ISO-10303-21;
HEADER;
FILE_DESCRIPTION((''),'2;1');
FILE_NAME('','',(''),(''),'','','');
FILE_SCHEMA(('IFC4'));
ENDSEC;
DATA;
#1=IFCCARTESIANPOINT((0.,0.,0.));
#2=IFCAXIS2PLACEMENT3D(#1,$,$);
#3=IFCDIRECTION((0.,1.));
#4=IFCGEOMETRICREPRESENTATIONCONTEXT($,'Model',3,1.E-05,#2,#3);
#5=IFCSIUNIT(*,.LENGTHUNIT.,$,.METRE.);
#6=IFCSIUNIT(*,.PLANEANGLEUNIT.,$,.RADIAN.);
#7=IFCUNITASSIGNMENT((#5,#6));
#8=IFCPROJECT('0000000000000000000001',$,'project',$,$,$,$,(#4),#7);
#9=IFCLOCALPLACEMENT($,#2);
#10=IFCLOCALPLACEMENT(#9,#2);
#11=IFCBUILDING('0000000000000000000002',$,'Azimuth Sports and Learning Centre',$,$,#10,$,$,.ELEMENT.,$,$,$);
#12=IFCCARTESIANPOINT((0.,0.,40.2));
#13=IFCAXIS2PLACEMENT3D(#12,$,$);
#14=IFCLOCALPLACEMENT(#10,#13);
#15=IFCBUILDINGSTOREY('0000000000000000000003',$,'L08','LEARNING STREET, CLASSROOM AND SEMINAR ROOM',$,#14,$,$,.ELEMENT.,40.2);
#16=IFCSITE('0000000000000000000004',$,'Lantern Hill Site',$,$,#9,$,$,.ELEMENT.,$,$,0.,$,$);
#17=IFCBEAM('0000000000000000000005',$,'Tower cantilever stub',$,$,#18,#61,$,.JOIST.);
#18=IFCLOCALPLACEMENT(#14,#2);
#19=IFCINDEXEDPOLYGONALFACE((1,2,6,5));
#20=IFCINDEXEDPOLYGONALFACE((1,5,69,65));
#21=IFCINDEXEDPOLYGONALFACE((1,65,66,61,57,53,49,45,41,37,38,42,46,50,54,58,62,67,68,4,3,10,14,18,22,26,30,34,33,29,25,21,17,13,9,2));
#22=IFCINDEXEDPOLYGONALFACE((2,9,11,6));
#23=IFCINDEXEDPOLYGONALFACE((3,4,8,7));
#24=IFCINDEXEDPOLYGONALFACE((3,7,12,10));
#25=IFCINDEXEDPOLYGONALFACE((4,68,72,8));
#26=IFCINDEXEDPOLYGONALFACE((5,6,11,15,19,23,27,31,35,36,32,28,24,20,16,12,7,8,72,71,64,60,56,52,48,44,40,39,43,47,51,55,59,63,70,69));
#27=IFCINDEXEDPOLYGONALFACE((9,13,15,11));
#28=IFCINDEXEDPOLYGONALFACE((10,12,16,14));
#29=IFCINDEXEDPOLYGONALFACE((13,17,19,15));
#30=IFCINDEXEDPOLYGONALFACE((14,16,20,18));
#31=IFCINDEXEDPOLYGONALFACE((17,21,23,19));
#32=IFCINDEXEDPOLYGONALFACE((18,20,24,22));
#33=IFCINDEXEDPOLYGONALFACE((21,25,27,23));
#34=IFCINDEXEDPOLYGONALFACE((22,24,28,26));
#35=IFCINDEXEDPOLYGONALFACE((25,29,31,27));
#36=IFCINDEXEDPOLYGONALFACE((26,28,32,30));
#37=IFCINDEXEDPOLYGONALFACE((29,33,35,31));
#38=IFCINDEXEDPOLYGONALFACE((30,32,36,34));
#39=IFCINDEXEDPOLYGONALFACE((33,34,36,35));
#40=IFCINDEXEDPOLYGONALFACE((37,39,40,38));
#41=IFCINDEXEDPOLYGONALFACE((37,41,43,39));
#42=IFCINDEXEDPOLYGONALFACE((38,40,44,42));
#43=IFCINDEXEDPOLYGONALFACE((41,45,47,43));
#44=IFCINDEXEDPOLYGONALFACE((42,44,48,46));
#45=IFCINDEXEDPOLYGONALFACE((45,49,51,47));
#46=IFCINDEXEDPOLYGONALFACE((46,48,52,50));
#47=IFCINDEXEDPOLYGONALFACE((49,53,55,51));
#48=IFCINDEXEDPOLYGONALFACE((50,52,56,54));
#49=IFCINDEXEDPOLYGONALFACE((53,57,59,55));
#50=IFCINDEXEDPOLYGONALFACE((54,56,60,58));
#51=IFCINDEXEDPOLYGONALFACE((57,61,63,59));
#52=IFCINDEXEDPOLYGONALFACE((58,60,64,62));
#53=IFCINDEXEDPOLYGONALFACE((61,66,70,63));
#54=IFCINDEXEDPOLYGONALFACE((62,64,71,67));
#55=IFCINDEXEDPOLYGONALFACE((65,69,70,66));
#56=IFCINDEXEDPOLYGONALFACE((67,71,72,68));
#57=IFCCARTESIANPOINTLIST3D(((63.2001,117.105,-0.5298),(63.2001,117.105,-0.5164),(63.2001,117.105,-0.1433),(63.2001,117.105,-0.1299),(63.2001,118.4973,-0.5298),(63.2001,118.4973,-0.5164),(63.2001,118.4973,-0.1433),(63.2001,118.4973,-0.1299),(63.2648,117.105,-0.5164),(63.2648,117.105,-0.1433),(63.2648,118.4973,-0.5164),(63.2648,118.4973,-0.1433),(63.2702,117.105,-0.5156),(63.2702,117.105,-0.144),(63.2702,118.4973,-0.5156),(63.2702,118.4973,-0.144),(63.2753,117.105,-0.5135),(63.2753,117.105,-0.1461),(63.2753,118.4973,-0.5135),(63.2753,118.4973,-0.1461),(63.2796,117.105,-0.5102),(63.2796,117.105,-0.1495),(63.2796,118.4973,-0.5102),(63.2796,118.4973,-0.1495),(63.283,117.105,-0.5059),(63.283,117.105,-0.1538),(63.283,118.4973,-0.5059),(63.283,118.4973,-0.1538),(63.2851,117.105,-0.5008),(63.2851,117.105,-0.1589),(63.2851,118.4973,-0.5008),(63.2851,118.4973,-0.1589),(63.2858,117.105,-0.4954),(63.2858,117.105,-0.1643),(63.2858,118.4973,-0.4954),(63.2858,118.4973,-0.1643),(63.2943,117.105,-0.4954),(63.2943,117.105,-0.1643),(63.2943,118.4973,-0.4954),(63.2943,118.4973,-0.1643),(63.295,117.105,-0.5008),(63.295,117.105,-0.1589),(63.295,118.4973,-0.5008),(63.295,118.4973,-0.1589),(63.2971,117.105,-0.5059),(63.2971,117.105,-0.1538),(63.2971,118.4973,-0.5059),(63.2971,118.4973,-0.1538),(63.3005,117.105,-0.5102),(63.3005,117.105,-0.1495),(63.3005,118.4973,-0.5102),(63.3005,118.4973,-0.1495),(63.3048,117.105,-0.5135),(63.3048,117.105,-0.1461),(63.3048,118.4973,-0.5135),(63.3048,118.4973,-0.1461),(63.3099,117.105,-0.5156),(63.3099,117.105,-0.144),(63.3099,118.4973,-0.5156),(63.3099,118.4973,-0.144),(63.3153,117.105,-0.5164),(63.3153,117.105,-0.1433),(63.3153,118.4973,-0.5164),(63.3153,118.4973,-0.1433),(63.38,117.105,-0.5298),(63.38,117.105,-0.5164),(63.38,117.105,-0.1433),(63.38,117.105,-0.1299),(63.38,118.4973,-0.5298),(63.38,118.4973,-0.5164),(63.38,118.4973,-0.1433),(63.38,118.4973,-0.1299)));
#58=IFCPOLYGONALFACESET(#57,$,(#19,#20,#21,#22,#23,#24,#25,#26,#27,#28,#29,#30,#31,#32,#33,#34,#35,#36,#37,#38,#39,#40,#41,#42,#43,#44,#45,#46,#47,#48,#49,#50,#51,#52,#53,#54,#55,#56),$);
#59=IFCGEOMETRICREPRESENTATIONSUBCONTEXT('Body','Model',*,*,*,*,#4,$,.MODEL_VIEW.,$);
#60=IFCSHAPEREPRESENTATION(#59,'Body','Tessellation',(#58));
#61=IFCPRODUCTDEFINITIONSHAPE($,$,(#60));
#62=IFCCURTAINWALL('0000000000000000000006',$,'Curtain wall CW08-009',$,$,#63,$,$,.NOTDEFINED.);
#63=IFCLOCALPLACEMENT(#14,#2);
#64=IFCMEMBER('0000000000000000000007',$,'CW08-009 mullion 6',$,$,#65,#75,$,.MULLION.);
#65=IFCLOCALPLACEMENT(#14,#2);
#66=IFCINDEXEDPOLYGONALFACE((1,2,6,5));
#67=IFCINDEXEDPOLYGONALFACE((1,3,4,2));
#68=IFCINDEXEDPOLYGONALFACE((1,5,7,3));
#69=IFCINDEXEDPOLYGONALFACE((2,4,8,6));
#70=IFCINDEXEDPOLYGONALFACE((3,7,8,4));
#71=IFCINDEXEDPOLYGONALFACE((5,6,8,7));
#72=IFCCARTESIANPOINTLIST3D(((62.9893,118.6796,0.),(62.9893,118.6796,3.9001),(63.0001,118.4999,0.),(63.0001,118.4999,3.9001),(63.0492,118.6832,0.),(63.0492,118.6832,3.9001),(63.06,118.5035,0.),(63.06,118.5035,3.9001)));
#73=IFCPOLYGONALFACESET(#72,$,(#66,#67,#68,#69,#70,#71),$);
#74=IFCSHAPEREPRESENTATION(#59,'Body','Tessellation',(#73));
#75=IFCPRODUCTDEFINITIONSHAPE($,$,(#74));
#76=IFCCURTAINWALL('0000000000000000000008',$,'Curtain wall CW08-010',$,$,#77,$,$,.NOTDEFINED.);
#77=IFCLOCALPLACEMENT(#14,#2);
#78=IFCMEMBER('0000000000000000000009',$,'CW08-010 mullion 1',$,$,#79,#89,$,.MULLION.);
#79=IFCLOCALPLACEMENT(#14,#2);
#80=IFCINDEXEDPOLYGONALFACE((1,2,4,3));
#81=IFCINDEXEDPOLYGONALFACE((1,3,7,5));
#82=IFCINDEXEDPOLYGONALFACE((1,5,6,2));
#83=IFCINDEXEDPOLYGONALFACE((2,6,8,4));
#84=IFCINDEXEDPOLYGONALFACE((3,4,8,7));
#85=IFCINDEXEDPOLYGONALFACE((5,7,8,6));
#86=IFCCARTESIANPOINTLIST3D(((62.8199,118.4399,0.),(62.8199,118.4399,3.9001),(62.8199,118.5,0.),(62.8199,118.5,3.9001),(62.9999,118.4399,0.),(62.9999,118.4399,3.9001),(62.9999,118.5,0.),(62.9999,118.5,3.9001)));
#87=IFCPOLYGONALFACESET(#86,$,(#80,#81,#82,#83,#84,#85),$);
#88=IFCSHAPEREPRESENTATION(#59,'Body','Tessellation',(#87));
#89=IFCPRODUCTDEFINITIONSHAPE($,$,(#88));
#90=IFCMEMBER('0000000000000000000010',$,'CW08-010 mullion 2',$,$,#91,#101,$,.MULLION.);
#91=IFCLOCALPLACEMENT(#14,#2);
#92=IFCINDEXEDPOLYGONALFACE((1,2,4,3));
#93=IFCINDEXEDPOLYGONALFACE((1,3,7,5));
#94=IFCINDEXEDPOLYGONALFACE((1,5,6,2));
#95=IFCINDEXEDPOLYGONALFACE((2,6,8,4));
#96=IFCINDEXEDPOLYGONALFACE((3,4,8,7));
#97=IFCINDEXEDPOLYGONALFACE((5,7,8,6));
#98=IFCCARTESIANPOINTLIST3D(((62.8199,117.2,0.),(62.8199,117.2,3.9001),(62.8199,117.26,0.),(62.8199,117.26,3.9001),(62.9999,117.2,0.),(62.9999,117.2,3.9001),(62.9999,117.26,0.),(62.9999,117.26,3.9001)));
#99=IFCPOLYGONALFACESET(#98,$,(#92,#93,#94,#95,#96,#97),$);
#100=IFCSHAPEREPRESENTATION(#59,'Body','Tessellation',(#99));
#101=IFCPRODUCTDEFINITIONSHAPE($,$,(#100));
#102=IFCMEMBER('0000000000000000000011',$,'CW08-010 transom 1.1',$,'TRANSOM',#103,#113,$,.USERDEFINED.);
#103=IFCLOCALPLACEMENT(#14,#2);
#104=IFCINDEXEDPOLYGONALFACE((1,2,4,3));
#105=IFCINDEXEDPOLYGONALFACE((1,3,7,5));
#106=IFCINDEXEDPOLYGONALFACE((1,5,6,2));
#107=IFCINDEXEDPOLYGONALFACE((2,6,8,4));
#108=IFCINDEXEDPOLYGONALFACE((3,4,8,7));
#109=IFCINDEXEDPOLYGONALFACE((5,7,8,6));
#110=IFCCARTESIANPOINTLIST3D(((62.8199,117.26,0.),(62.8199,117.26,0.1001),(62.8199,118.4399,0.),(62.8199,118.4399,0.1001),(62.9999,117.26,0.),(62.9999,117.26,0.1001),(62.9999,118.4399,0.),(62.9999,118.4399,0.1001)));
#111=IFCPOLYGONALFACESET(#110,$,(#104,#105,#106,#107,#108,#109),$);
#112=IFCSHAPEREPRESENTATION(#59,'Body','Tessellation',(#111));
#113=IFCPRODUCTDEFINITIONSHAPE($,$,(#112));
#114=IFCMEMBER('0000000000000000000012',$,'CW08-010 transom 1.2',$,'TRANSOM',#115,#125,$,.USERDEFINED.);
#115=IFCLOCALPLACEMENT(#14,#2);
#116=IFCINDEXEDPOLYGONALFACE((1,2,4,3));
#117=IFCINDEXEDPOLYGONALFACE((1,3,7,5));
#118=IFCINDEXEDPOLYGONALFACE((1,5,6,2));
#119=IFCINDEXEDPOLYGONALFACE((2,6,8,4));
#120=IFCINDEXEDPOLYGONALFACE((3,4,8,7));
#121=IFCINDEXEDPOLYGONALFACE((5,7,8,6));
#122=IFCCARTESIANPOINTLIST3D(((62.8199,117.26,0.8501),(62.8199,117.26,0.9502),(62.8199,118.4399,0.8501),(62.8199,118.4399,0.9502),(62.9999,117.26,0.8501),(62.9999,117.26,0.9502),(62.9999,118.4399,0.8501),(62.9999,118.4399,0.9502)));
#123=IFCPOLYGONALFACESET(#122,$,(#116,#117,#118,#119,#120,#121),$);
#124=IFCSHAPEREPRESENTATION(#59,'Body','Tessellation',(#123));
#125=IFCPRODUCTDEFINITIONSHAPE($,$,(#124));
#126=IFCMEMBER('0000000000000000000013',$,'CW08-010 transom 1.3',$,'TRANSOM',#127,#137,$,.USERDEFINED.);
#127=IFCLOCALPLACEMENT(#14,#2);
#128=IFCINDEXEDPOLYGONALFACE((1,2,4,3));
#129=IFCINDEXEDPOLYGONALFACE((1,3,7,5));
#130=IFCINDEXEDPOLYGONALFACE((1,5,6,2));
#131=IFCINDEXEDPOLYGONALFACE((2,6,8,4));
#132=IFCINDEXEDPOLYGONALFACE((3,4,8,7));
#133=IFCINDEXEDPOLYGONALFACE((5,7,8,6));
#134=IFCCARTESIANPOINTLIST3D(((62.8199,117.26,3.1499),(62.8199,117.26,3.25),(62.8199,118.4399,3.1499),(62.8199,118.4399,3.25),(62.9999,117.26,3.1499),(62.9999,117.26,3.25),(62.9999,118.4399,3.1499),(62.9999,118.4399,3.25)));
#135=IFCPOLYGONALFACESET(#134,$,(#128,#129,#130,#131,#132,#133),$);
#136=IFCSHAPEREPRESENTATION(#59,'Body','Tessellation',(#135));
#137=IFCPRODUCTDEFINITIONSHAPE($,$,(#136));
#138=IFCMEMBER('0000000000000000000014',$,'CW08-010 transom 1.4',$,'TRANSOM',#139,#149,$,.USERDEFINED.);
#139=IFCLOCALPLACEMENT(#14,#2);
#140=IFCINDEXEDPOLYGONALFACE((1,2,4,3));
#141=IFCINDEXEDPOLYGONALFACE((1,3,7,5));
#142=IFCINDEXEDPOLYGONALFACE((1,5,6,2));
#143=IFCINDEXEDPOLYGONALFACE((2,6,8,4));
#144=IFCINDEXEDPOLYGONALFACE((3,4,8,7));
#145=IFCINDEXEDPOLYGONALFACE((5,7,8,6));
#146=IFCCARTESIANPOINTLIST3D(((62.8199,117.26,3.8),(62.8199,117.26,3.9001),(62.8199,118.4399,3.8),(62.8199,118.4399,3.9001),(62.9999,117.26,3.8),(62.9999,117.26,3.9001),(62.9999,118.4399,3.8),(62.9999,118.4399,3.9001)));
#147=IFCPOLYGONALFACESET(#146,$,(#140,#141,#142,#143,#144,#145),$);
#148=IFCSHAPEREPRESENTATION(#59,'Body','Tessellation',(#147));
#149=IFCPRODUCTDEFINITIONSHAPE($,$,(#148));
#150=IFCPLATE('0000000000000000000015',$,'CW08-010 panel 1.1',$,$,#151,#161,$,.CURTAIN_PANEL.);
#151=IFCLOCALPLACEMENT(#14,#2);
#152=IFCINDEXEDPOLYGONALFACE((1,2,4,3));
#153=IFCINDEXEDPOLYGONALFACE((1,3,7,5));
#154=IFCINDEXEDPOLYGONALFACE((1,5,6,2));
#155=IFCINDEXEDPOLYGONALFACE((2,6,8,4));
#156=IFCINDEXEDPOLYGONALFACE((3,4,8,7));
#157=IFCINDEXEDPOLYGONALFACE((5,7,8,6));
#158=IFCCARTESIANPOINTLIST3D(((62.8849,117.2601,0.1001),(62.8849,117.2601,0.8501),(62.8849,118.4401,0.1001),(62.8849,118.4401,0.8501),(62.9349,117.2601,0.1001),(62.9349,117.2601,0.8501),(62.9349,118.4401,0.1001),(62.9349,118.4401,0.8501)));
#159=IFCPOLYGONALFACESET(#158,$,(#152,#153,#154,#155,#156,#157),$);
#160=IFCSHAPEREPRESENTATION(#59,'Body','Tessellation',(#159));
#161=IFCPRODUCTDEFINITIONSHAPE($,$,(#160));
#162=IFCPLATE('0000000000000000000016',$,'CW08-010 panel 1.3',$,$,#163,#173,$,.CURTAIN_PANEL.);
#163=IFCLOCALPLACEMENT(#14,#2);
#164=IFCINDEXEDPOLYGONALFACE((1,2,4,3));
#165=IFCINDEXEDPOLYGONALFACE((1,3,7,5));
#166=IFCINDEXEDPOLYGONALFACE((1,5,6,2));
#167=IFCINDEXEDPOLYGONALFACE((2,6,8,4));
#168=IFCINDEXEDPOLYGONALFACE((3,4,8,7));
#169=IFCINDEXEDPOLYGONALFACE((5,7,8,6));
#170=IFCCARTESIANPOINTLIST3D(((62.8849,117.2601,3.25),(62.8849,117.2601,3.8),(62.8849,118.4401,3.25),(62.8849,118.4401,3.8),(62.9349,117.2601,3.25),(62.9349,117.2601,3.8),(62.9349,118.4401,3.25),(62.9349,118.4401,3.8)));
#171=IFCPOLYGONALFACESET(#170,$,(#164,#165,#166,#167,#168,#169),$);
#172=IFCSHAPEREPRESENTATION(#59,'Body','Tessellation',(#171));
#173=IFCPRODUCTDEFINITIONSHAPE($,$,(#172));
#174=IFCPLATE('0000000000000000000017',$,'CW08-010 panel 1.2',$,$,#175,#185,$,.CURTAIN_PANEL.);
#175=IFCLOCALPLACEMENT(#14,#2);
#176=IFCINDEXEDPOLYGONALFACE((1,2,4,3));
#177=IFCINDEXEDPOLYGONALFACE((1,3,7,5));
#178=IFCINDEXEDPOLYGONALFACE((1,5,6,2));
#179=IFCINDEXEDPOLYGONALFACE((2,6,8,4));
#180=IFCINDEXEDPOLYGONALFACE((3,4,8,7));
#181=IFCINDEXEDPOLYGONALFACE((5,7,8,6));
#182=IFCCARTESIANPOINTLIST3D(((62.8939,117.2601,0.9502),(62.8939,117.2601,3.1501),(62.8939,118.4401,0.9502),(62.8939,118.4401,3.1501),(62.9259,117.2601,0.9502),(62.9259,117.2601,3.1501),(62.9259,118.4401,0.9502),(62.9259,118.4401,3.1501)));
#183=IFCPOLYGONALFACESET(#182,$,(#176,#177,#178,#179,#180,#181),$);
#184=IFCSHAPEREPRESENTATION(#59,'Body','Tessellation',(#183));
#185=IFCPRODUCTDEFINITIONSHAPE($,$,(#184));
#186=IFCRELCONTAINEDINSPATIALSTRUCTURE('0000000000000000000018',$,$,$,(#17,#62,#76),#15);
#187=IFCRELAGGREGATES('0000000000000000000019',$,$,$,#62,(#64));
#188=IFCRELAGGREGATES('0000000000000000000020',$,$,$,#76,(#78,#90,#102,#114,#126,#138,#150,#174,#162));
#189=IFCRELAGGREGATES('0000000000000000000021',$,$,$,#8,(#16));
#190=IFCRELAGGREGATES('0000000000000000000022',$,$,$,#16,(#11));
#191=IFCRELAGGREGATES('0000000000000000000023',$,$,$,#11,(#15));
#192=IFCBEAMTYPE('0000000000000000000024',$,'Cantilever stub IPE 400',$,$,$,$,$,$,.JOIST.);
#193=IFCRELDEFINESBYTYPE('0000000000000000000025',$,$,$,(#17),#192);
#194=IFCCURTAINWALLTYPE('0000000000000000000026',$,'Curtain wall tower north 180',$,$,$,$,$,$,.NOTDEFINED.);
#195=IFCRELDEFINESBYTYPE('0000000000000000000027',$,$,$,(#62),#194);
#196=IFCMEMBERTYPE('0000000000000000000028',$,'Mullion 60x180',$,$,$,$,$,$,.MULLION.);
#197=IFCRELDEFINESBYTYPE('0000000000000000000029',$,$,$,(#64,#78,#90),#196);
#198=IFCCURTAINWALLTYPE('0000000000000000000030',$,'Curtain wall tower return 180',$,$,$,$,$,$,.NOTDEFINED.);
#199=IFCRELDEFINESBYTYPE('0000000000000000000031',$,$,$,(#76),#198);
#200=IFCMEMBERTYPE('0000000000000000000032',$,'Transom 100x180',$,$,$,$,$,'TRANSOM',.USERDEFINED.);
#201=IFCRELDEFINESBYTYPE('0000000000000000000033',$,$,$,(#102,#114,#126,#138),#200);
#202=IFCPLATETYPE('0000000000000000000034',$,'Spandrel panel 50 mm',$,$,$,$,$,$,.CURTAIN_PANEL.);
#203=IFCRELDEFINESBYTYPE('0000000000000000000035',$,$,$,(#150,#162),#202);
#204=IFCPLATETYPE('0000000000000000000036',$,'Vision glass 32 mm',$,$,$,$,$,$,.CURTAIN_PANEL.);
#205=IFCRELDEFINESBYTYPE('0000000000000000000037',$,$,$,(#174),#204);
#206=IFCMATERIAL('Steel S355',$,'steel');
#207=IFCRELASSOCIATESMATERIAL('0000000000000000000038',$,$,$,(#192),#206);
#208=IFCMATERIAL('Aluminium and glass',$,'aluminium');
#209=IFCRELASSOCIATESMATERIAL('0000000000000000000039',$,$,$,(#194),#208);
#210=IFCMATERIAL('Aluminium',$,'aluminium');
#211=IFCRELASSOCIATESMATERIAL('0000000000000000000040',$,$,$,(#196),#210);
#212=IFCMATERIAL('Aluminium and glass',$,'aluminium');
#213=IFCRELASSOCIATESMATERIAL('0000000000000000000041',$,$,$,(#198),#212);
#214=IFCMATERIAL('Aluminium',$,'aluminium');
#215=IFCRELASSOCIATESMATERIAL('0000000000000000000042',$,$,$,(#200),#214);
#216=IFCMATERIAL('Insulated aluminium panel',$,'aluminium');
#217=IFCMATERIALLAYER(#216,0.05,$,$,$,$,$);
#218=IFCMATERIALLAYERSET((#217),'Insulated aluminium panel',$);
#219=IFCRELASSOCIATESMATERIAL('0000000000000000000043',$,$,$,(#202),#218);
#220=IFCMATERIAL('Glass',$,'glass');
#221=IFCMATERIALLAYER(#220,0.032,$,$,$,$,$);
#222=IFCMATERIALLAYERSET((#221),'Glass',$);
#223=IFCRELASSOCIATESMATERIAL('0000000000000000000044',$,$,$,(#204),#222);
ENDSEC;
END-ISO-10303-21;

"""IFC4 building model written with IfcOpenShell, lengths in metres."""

from ifc_helpers import new_model, si_unit, direction, frame, origin, origin_2d, place, context, subcontext, project, spatial, rectangle, i_section, extrude, material, layer, layer_set, material_profile, profile_set, type_object, element, aggregate, save


model = new_model("IFC4")

# Units and contexts
model_context = context("Model", 3, precision=1e-05, world=origin(), true_north=direction((0.0, 1.0)))
body_context = subcontext(model_context, "Body", "Model", "MODEL_VIEW")
ifc_project = project(units=[si_unit("LENGTHUNIT", "METRE"), si_unit("PLANEANGLEUNIT", "RADIAN")], contexts=[model_context])

# Site, building, storey
site_placement = place(None, origin())
site = spatial("IfcSite", under=ifc_project, at=site_placement, Name="Lantern Hill Site", CompositionType="ELEMENT", RefElevation=0.0)
building_placement = place(site_placement, origin())
building = spatial("IfcBuilding", under=site, at=building_placement, Name="Azimuth Sports and Learning Centre", CompositionType="ELEMENT")
storey_placement = place(building_placement, frame((0.0, 0.0, 40.2)))
storey = spatial("IfcBuildingStorey", under=building, at=storey_placement, Name="L08", Description="LEARNING STREET, CLASSROOM AND SEMINAR ROOM", CompositionType="ELEMENT", Elevation=40.2)

# Beam
ifc_material_1 = material(Name="Steel S355", Category="steel")
ifc_material_profile_1 = material_profile(ifc_material_1, i_section(OverallWidth=0.1799, OverallDepth=0.3999, WebThickness=0.0085, FlangeThickness=0.0134, FilletRadius=0.021, at=origin_2d()), Name="IPE 400")
ifc_profile_set_1 = profile_set([ifc_material_profile_1], Name="Steel S355")
beam_type = type_object("IfcBeamType", Name="Cantilever stub IPE 400", PredefinedType="JOIST", material=ifc_profile_set_1)
beam_placement = place(storey_placement, frame((63.29, 117.105, -0.3298), z_axis=(0.0, 1.0, 0.0), x_axis=(-1.0, 0.0, 0.0)))
element("IfcBeam", 1, at=beam_placement, inside=storey, type_object=beam_type, Name="Tower cantilever stub", PredefinedType="JOIST", context=body_context, shape_type="SweptSolid", body=[
    extrude(i_section(OverallWidth=0.1799, OverallDepth=0.3999, WebThickness=0.0085, FlangeThickness=0.0134, FilletRadius=0.021, at=origin_2d()), origin(), (0.0, 0.0, 1.0), 1.3923),
])

# Curtain wall, member
ifc_material_2 = material(Name="Aluminium and glass", Category="aluminium")
curtain_wall_type_1 = type_object("IfcCurtainWallType", Name="Curtain wall tower north 180", PredefinedType="NOTDEFINED", material=ifc_material_2)
curtain_wall_1_placement = place(storey_placement, origin())
curtain_wall_1 = element("IfcCurtainWall", 2, at=curtain_wall_1_placement, inside=storey, type_object=curtain_wall_type_1, Name="Curtain wall CW08-009", PredefinedType="NOTDEFINED")
ifc_material_3 = material(Name="Aluminium", Category="aluminium")
ifc_material_profile_2 = material_profile(ifc_material_3, rectangle(XDim=0.1799, YDim=0.0601, at=origin_2d()), Name="Mullion 60x180")
ifc_profile_set_2 = profile_set([ifc_material_profile_2], Name="Aluminium")
member_type_1 = type_object("IfcMemberType", Name="Mullion 60x180", PredefinedType="MULLION", material=ifc_profile_set_2)
member_1_placement = place(storey_placement, frame((63.0247, 118.5916, 0.0), z_axis=(0.0, 0.0, 1.0), x_axis=(0.059892, -0.998205, 0.0)))
member_1 = element("IfcMember", 3, at=member_1_placement, type_object=member_type_1, Name="CW08-009 mullion 6", PredefinedType="MULLION", context=body_context, shape_type="SweptSolid", body=[
    extrude(rectangle(XDim=0.1799, YDim=0.0601, at=origin_2d()), origin(), (0.0, 0.0, 1.0), 3.9001),
])
aggregate(curtain_wall_1, [member_1])

# Curtain wall, members, plates
ifc_material_4 = material(Name="Aluminium and glass", Category="aluminium")
curtain_wall_type_2 = type_object("IfcCurtainWallType", Name="Curtain wall tower return 180", PredefinedType="NOTDEFINED", material=ifc_material_4)
curtain_wall_2_placement = place(storey_placement, origin())
curtain_wall_2 = element("IfcCurtainWall", 4, at=curtain_wall_2_placement, inside=storey, type_object=curtain_wall_type_2, Name="Curtain wall CW08-010", PredefinedType="NOTDEFINED")
member_2_placement = place(storey_placement, frame((62.9099, 118.47, 0.0), z_axis=(0.0, 0.0, 1.0), x_axis=(1.0, 0.0, 0.0)))
member_2 = element("IfcMember", 5, at=member_2_placement, type_object=member_type_1, Name="CW08-010 mullion 1", PredefinedType="MULLION", context=body_context, shape_type="SweptSolid", body=[
    extrude(rectangle(XDim=0.1799, YDim=0.0601, at=origin_2d()), origin(), (0.0, 0.0, 1.0), 3.9001),
])
member_3_placement = place(storey_placement, frame((62.9099, 117.23, 0.0), z_axis=(0.0, 0.0, 1.0), x_axis=(1.0, 0.0, 0.0)))
member_3 = element("IfcMember", 6, at=member_3_placement, type_object=member_type_1, Name="CW08-010 mullion 2", PredefinedType="MULLION", context=body_context, shape_type="SweptSolid", body=[
    extrude(rectangle(XDim=0.1799, YDim=0.0601, at=origin_2d()), origin(), (0.0, 0.0, 1.0), 3.9001),
])
ifc_material_5 = material(Name="Aluminium", Category="aluminium")
ifc_material_profile_3 = material_profile(ifc_material_5, rectangle(XDim=0.1799, YDim=0.1001, at=origin_2d()), Name="Transom 100x180")
ifc_profile_set_3 = profile_set([ifc_material_profile_3], Name="Aluminium")
member_type_2 = type_object("IfcMemberType", Name="Transom 100x180", ElementType="TRANSOM", PredefinedType="USERDEFINED", material=ifc_profile_set_3)
member_4_placement = place(storey_placement, frame((62.9099, 118.4399, 0.05), z_axis=(0.0, -1.0, 0.0), x_axis=(1.0, 0.0, 0.0)))
member_4 = element("IfcMember", 7, at=member_4_placement, type_object=member_type_2, Name="CW08-010 transom 1.1", ObjectType="TRANSOM", PredefinedType="USERDEFINED", context=body_context, shape_type="SweptSolid", body=[
    extrude(rectangle(XDim=0.1799, YDim=0.1001, at=origin_2d()), origin(), (0.0, 0.0, 1.0), 1.1799),
])
member_5_placement = place(storey_placement, frame((62.9099, 118.4399, 0.9001), z_axis=(0.0, -1.0, 0.0), x_axis=(1.0, 0.0, 0.0)))
member_5 = element("IfcMember", 8, at=member_5_placement, type_object=member_type_2, Name="CW08-010 transom 1.2", ObjectType="TRANSOM", PredefinedType="USERDEFINED", context=body_context, shape_type="SweptSolid", body=[
    extrude(rectangle(XDim=0.1799, YDim=0.1001, at=origin_2d()), origin(), (0.0, 0.0, 1.0), 1.1799),
])
member_6_placement = place(storey_placement, frame((62.9099, 118.4399, 3.2), z_axis=(0.0, -1.0, 0.0), x_axis=(1.0, 0.0, 0.0)))
member_6 = element("IfcMember", 9, at=member_6_placement, type_object=member_type_2, Name="CW08-010 transom 1.3", ObjectType="TRANSOM", PredefinedType="USERDEFINED", context=body_context, shape_type="SweptSolid", body=[
    extrude(rectangle(XDim=0.1799, YDim=0.1001, at=origin_2d()), origin(), (0.0, 0.0, 1.0), 1.1799),
])
member_7_placement = place(storey_placement, frame((62.9099, 118.4399, 3.8501), z_axis=(0.0, -1.0, 0.0), x_axis=(1.0, 0.0, 0.0)))
member_7 = element("IfcMember", 10, at=member_7_placement, type_object=member_type_2, Name="CW08-010 transom 1.4", ObjectType="TRANSOM", PredefinedType="USERDEFINED", context=body_context, shape_type="SweptSolid", body=[
    extrude(rectangle(XDim=0.1799, YDim=0.1001, at=origin_2d()), origin(), (0.0, 0.0, 1.0), 1.1799),
])
ifc_material_6 = material(Name="Insulated aluminium panel", Category="aluminium")
ifc_layer_1 = layer(ifc_material_6, 0.05)
ifc_layer_set_1 = layer_set([ifc_layer_1], Name="Insulated aluminium panel")
plate_type_1 = type_object("IfcPlateType", Name="Spandrel panel 50 mm", PredefinedType="CURTAIN_PANEL", material=ifc_layer_set_1)
plate_1_placement = place(storey_placement, frame((62.9099, 117.8501, 0.1001), z_axis=(0.0, 0.0, 1.0), x_axis=(0.0, -1.0, 0.0)))
plate_1 = element("IfcPlate", 11, at=plate_1_placement, type_object=plate_type_1, Name="CW08-010 panel 1.1", PredefinedType="CURTAIN_PANEL", context=body_context, shape_type="SweptSolid", body=[
    extrude(rectangle(XDim=1.1799, YDim=0.05, at=origin_2d()), origin(), (0.0, 0.0, 1.0), 0.75),
])
plate_2_placement = place(storey_placement, frame((62.9099, 117.8501, 3.25), z_axis=(0.0, 0.0, 1.0), x_axis=(0.0, -1.0, 0.0)))
plate_2 = element("IfcPlate", 12, at=plate_2_placement, type_object=plate_type_1, Name="CW08-010 panel 1.3", PredefinedType="CURTAIN_PANEL", context=body_context, shape_type="SweptSolid", body=[
    extrude(rectangle(XDim=1.1799, YDim=0.05, at=origin_2d()), origin(), (0.0, 0.0, 1.0), 0.55),
])
ifc_material_7 = material(Name="Glass", Category="glass")
ifc_layer_2 = layer(ifc_material_7, 0.032)
ifc_layer_set_2 = layer_set([ifc_layer_2], Name="Glass")
plate_type_2 = type_object("IfcPlateType", Name="Vision glass 32 mm", PredefinedType="CURTAIN_PANEL", material=ifc_layer_set_2)
plate_3_placement = place(storey_placement, frame((62.9099, 117.8501, 0.9502), z_axis=(0.0, 0.0, 1.0), x_axis=(0.0, -1.0, 0.0)))
plate_3 = element("IfcPlate", 13, at=plate_3_placement, type_object=plate_type_2, Name="CW08-010 panel 1.2", PredefinedType="CURTAIN_PANEL", context=body_context, shape_type="SweptSolid", body=[
    extrude(rectangle(XDim=1.1799, YDim=0.032, at=origin_2d()), origin(), (0.0, 0.0, 1.0), 2.2),
])
aggregate(curtain_wall_2, [member_2, member_3, member_4, member_5, member_6, member_7, plate_1, plate_3, plate_2])

save(model, "model.ifc")
